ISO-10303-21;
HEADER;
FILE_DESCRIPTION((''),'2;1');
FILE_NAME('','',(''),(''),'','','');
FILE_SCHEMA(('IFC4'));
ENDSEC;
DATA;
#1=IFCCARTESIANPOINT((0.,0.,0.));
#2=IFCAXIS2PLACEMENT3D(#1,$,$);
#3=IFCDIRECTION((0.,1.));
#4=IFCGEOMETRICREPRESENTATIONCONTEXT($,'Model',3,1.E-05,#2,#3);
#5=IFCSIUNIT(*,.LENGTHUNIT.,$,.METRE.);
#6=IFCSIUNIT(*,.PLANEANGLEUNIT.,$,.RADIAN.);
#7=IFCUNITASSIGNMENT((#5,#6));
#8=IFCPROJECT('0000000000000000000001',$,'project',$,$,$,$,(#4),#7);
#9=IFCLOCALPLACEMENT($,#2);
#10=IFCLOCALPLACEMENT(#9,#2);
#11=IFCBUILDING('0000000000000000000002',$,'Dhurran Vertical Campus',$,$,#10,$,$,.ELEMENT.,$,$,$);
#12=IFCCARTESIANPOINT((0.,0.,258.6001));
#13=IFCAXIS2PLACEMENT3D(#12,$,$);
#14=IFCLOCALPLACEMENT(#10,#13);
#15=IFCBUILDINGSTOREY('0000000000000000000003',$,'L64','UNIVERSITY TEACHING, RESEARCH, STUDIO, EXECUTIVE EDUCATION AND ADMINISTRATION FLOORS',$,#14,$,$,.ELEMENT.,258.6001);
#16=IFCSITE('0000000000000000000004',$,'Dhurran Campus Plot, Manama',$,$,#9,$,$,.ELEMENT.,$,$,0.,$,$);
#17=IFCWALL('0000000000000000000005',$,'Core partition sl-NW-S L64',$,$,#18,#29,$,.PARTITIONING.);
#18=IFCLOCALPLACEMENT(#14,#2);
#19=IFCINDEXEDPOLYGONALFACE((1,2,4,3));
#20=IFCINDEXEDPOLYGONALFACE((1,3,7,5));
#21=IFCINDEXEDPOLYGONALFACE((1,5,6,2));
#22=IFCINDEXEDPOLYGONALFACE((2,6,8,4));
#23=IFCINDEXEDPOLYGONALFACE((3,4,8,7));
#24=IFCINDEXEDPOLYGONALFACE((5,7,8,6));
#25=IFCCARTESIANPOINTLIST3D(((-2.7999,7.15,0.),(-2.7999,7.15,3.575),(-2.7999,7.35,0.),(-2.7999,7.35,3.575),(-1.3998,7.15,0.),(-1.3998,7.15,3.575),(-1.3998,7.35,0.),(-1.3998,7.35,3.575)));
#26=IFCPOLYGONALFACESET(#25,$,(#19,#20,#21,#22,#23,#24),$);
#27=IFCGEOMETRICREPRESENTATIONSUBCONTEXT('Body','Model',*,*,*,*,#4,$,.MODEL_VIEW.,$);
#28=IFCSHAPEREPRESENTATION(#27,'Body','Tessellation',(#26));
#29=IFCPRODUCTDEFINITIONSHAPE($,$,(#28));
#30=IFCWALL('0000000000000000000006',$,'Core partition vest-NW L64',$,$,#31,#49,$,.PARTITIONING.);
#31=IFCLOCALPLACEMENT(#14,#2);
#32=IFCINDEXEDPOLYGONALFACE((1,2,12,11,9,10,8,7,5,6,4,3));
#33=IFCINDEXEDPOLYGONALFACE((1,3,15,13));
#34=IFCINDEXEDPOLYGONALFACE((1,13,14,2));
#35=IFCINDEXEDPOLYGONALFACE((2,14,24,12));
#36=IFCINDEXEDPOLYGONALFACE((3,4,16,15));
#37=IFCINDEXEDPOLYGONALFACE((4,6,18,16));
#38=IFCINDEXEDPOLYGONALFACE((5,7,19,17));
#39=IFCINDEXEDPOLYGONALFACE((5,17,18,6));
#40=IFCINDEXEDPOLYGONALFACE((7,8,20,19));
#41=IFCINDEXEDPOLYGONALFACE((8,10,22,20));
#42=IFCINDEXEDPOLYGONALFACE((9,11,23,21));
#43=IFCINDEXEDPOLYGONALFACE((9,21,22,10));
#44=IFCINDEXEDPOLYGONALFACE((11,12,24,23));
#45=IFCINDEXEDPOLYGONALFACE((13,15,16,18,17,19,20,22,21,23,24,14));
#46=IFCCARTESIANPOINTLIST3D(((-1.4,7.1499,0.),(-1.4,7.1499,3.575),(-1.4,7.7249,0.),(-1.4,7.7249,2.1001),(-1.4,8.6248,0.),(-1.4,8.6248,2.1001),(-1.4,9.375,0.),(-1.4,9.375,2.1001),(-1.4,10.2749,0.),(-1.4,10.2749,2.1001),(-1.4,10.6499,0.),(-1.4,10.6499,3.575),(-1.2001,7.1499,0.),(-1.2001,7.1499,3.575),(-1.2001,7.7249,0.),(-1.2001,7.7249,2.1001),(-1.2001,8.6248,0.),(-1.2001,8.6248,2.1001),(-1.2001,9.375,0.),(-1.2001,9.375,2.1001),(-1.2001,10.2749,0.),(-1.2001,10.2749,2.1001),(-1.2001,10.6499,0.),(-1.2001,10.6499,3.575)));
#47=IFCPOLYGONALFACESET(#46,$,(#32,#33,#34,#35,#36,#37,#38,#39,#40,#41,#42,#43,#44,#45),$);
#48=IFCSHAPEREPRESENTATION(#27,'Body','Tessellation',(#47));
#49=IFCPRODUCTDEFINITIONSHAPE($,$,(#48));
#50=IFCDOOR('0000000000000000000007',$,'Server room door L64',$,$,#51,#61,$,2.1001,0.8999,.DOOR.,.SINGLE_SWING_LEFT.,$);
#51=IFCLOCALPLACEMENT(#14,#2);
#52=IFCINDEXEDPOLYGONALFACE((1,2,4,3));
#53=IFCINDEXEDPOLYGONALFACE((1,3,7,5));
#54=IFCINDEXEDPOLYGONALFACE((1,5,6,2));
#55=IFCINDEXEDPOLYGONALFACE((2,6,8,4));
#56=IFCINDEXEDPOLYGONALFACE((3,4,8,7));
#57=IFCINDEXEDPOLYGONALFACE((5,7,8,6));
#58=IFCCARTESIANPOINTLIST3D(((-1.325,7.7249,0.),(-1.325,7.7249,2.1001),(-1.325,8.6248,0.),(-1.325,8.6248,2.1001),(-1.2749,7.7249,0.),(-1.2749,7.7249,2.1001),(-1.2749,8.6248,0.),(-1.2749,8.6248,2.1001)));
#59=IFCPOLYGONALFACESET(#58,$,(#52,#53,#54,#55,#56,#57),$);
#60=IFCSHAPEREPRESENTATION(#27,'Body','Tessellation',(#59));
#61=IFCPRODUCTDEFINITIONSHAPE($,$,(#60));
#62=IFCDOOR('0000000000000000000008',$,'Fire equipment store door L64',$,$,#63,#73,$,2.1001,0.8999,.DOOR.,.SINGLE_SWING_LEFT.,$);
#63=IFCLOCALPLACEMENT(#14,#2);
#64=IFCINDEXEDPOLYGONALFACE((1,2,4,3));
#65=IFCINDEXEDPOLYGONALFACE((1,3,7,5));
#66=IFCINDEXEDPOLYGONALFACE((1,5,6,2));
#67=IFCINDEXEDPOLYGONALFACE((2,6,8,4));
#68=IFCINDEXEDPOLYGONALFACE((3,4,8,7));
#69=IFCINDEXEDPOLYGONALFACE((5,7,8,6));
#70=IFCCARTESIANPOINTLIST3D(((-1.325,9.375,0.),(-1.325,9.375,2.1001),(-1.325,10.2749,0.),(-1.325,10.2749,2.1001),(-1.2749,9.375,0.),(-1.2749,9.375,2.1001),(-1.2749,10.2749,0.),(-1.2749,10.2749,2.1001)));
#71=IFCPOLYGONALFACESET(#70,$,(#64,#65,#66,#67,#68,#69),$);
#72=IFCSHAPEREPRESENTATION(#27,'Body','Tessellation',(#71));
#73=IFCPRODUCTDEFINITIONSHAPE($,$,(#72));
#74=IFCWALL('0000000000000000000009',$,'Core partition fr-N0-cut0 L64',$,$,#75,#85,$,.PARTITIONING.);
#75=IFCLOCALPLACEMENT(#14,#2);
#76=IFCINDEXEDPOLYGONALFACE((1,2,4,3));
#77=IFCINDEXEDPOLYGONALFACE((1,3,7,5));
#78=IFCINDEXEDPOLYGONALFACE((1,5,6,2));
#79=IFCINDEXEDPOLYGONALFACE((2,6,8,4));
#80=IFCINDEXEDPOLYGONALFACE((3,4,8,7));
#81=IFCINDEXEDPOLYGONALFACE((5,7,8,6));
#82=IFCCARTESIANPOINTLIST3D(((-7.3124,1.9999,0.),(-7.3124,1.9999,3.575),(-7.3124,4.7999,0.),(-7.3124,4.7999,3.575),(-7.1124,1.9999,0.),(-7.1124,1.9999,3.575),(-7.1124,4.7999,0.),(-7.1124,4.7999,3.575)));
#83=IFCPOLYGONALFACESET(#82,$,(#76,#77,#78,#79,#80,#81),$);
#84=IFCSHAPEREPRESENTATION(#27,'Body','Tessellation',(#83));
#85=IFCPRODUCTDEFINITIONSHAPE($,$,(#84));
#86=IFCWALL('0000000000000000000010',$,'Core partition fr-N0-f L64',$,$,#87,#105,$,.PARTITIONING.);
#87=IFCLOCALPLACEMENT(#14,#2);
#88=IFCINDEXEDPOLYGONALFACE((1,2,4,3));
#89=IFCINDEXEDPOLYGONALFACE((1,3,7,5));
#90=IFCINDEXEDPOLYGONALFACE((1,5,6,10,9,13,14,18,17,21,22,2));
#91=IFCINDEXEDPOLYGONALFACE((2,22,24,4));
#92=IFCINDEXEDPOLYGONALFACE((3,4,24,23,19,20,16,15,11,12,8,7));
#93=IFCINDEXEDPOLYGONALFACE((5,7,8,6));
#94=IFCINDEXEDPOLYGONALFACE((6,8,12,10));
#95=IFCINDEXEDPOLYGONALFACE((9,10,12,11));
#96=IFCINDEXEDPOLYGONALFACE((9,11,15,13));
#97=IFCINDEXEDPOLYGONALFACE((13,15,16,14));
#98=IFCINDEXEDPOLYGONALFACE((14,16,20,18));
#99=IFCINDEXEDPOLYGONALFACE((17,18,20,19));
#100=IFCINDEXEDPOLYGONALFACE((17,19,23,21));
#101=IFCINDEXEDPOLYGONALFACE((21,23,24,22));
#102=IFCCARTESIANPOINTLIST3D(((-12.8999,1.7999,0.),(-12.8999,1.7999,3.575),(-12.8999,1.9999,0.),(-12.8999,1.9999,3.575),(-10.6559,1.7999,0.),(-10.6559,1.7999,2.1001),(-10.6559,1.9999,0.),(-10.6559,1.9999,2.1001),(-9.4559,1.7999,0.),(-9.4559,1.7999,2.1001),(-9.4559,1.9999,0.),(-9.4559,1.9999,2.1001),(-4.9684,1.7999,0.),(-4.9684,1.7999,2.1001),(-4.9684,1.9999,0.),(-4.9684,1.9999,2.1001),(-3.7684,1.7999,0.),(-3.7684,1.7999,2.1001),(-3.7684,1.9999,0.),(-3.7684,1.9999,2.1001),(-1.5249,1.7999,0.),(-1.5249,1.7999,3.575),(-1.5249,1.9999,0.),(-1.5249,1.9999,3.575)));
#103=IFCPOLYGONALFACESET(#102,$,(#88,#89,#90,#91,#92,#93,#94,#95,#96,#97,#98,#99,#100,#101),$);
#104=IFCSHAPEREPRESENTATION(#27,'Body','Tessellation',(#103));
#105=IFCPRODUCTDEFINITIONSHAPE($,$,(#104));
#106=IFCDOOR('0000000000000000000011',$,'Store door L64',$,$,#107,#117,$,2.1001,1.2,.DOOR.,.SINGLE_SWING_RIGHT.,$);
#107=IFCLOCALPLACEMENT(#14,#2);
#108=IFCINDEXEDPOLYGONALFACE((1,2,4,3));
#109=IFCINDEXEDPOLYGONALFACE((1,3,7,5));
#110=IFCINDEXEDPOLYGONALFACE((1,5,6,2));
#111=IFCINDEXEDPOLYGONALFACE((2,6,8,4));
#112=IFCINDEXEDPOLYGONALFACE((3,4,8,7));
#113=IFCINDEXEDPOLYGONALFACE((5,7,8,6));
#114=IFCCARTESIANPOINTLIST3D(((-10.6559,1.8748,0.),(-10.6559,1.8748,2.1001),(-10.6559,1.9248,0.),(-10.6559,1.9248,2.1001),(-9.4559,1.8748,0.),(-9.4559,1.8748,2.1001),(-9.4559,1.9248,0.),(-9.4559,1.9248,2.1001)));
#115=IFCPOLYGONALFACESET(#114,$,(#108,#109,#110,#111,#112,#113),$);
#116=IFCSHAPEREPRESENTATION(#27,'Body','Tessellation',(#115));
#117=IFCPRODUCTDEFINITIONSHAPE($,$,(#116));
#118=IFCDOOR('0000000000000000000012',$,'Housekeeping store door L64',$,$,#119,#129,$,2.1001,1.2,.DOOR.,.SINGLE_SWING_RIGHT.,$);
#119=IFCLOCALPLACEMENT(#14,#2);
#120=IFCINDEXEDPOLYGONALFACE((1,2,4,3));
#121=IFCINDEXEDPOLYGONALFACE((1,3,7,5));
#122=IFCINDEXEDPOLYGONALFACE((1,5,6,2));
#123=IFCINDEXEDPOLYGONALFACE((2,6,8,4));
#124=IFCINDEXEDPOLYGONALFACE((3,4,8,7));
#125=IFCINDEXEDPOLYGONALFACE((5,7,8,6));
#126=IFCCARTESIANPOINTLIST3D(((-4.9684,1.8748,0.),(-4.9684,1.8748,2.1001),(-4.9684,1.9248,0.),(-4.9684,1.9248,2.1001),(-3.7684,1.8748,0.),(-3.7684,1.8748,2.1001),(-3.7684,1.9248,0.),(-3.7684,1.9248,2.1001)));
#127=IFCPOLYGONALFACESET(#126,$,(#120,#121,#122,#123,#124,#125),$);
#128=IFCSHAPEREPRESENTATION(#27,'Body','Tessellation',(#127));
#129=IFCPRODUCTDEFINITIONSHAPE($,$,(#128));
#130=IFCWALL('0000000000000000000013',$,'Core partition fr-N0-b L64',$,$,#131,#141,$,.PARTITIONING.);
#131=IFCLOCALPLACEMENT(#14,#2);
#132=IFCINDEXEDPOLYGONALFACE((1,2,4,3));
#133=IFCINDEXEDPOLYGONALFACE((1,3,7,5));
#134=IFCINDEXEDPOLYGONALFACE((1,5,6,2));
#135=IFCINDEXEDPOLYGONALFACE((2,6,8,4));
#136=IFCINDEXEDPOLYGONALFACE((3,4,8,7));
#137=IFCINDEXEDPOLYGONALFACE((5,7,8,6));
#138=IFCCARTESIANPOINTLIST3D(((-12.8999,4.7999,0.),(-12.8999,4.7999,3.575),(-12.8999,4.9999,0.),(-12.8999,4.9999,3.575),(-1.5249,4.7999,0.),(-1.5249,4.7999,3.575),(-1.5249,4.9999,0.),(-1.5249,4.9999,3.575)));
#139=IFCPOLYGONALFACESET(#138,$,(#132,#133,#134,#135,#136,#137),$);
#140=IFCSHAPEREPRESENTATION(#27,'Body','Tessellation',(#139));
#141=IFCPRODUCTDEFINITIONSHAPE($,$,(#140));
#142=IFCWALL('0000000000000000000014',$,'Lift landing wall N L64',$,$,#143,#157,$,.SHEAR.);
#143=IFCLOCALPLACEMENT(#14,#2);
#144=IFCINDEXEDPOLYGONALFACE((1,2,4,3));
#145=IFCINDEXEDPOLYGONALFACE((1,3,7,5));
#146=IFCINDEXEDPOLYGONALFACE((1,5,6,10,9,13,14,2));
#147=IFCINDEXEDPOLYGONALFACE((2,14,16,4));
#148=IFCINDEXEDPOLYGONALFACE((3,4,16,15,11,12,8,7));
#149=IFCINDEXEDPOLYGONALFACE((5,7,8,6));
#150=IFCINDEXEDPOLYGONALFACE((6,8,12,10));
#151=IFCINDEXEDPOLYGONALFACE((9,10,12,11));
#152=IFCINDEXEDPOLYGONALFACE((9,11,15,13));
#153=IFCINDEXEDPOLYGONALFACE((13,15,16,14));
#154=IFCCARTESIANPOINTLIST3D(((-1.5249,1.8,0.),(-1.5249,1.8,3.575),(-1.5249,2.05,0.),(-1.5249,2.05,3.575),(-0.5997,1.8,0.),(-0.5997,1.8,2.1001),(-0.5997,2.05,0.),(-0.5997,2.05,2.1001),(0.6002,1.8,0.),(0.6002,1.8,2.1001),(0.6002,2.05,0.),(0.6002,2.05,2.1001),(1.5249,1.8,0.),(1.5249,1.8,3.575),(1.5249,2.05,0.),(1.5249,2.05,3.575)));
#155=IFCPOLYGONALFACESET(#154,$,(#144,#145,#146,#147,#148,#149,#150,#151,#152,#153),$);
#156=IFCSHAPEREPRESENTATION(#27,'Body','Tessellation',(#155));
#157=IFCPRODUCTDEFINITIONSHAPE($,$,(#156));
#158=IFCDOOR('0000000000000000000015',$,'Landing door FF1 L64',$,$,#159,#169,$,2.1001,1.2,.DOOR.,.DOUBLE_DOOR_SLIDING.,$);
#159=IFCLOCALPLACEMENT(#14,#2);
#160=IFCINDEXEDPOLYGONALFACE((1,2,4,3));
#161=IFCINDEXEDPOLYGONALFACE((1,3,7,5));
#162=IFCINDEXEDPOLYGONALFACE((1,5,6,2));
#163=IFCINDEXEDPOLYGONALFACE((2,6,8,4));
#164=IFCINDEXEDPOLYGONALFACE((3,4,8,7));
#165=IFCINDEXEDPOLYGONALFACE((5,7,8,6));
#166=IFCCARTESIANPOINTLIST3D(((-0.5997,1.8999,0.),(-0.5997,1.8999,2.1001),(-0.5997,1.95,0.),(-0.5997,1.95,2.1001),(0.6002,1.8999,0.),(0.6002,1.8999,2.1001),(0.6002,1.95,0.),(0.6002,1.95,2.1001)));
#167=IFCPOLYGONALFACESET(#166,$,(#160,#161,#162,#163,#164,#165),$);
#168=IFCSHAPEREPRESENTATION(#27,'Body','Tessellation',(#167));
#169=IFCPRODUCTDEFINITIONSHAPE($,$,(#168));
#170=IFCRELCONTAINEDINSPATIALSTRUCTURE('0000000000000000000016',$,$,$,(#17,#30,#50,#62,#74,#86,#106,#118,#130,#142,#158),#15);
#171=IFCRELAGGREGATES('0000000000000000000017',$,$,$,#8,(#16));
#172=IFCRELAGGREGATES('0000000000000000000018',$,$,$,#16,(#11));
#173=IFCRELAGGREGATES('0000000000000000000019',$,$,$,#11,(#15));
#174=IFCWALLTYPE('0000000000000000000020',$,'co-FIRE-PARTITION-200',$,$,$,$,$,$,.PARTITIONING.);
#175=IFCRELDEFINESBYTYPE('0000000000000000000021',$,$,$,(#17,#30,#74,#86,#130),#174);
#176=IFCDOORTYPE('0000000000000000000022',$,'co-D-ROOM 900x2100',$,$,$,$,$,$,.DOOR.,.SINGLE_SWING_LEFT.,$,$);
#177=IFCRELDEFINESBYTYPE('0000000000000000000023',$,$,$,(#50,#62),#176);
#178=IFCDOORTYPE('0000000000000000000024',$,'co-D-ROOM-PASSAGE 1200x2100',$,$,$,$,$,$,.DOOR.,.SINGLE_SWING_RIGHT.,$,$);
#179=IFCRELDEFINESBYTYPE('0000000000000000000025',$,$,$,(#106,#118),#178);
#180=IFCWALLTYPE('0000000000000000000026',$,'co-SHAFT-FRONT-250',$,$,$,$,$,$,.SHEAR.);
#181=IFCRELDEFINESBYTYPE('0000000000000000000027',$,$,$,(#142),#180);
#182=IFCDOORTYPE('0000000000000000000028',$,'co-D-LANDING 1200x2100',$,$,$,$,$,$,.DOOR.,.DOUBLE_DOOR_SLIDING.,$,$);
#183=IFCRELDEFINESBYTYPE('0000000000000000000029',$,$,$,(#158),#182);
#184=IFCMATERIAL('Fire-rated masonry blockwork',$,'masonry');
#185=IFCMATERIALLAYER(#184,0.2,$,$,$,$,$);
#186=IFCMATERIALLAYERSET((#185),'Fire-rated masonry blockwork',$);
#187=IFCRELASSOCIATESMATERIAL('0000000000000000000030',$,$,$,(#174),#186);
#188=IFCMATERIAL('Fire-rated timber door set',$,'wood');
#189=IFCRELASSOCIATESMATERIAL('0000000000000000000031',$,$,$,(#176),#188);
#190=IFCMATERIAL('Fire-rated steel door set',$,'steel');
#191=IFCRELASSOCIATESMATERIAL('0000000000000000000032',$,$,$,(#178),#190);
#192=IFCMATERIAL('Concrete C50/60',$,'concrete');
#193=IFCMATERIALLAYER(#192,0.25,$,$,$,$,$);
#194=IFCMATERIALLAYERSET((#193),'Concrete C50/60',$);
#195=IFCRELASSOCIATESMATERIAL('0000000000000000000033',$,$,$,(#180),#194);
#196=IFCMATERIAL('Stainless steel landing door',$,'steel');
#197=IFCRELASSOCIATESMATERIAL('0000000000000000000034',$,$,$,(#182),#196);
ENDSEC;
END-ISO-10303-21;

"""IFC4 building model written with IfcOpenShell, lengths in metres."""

from ifc_helpers import new_model, si_unit, direction, frame, frame_2d, origin, place, context, subcontext, project, spatial, rectangle, extrude, material, layer, layer_set, type_object, element, fill, save


model = new_model("IFC4")

# Units and contexts
model_context = context("Model", 3, precision=1e-05, world=origin(), true_north=direction((0.0, 1.0)))
body_context = subcontext(model_context, "Body", "Model", "MODEL_VIEW")
ifc_project = project(units=[si_unit("LENGTHUNIT", "METRE"), si_unit("PLANEANGLEUNIT", "RADIAN")], contexts=[model_context])

# Site, building, storey
site_placement = place(None, origin())
site = spatial("IfcSite", under=ifc_project, at=site_placement, Name="Dhurran Campus Plot, Manama", CompositionType="ELEMENT", RefElevation=0.0)
building_placement = place(site_placement, origin())
building = spatial("IfcBuilding", under=site, at=building_placement, Name="Dhurran Vertical Campus", CompositionType="ELEMENT")
storey_placement = place(building_placement, frame((0.0, 0.0, 258.6001)))
storey = spatial("IfcBuildingStorey", under=building, at=storey_placement, Name="L64", Description="UNIVERSITY TEACHING, RESEARCH, STUDIO, EXECUTIVE EDUCATION AND ADMINISTRATION FLOORS", CompositionType="ELEMENT", Elevation=258.6001)

# Wall
ifc_material_1 = material(Name="Fire-rated masonry blockwork", Category="masonry")
ifc_layer_1 = layer(ifc_material_1, 0.2)
ifc_layer_set_1 = layer_set([ifc_layer_1], Name="Fire-rated masonry blockwork")
wall_type_1 = type_object("IfcWallType", Name="co-FIRE-PARTITION-200", PredefinedType="PARTITIONING", material=ifc_layer_set_1)
wall_1_placement = place(storey_placement, frame((-2.8, 7.25, 0.0), z_axis=(0.0, 0.0, 1.0), x_axis=(1.0, 0.0, 0.0)))
element("IfcWall", 1, at=wall_1_placement, inside=storey, type_object=wall_type_1, Name="Core partition sl-NW-S L64", PredefinedType="PARTITIONING", context=body_context, shape_type="SweptSolid", body=[
    extrude(rectangle(XDim=1.4001, YDim=0.2, at=frame_2d((0.7002, 0.0))), origin(), (0.0, 0.0, 1.0), 3.575),
])

# Wall, openings, doors
wall_2_placement = place(storey_placement, frame((-1.3, 7.1499, 0.0), z_axis=(0.0, 0.0, 1.0), x_axis=(0.0, 1.0, 0.0)))
wall_2 = element("IfcWall", 2, at=wall_2_placement, inside=storey, type_object=wall_type_1, Name="Core partition vest-NW L64", PredefinedType="PARTITIONING", context=body_context, shape_type="SweptSolid", body=[
    extrude(rectangle(XDim=3.5, YDim=0.2, at=frame_2d((1.75, 0.0))), origin(), (0.0, 0.0, 1.0), 3.575),
])
opening_1_placement = place(wall_2_placement, frame((0.575, 0.0, 0.0)))
opening_1 = element("IfcOpeningElement", 3, at=opening_1_placement, cuts=wall_2, PredefinedType="OPENING", context=body_context, shape_type="SweptSolid", body=[
    extrude(rectangle(XDim=0.8999, YDim=2.1001, at=frame_2d((0.45, 1.05))), frame((0.0, 0.1099, 0.0), z_axis=(0.0, -1.0, 0.0), x_axis=(1.0, 0.0, 0.0)), (0.0, 0.0, 1.0), 0.22),
])
opening_2_placement = place(wall_2_placement, frame((2.2251, 0.0, 0.0)))
opening_2 = element("IfcOpeningElement", 4, at=opening_2_placement, cuts=wall_2, PredefinedType="OPENING", context=body_context, shape_type="SweptSolid", body=[
    extrude(rectangle(XDim=0.8999, YDim=2.1001, at=frame_2d((0.45, 1.05))), frame((0.0, 0.1099, 0.0), z_axis=(0.0, -1.0, 0.0), x_axis=(1.0, 0.0, 0.0)), (0.0, 0.0, 1.0), 0.22),
])
ifc_material_2 = material(Name="Fire-rated timber door set", Category="wood")
door_type_1 = type_object("IfcDoorType", Name="co-D-ROOM 900x2100", OperationType="SINGLE_SWING_LEFT", PredefinedType="DOOR", material=ifc_material_2)
door_1_placement = place(opening_1_placement, origin())
door_1 = element("IfcDoor", 5, at=door_1_placement, inside=storey, type_object=door_type_1, Name="Server room door L64", OperationType="SINGLE_SWING_LEFT", OverallHeight=2.1001, OverallWidth=0.8999, PredefinedType="DOOR", context=body_context, shape_type="SweptSolid", body=[
    extrude(rectangle(XDim=0.8999, YDim=2.1001, at=frame_2d((0.45, 1.05))), frame((0.0, 0.0249, 0.0), z_axis=(0.0, -1.0, 0.0), x_axis=(1.0, 0.0, 0.0)), (0.0, 0.0, 1.0), 0.05),
])
fill(opening_1, door_1)
door_2_placement = place(opening_2_placement, origin())
door_2 = element("IfcDoor", 6, at=door_2_placement, inside=storey, type_object=door_type_1, Name="Fire equipment store door L64", OperationType="SINGLE_SWING_LEFT", OverallHeight=2.1001, OverallWidth=0.8999, PredefinedType="DOOR", context=body_context, shape_type="SweptSolid", body=[
    extrude(rectangle(XDim=0.8999, YDim=2.1001, at=frame_2d((0.45, 1.05))), frame((0.0, 0.0249, 0.0), z_axis=(0.0, -1.0, 0.0), x_axis=(1.0, 0.0, 0.0)), (0.0, 0.0, 1.0), 0.05),
])
fill(opening_2, door_2)

# Wall
wall_3_placement = place(storey_placement, frame((-7.2124, 2.0, 0.0), z_axis=(0.0, 0.0, 1.0), x_axis=(0.0, 1.0, 0.0)))
element("IfcWall", 7, at=wall_3_placement, inside=storey, type_object=wall_type_1, Name="Core partition fr-N0-cut0 L64", PredefinedType="PARTITIONING", context=body_context, shape_type="SweptSolid", body=[
    extrude(rectangle(XDim=2.8, YDim=0.2, at=frame_2d((1.3999, 0.0))), origin(), (0.0, 0.0, 1.0), 3.575),
])

# Wall, openings, doors
wall_4_placement = place(storey_placement, frame((-12.8999, 1.8999, 0.0), z_axis=(0.0, 0.0, 1.0), x_axis=(1.0, 0.0, 0.0)))
wall_4 = element("IfcWall", 8, at=wall_4_placement, inside=storey, type_object=wall_type_1, Name="Core partition fr-N0-f L64", PredefinedType="PARTITIONING", context=body_context, shape_type="SweptSolid", body=[
    extrude(rectangle(XDim=11.375, YDim=0.2, at=frame_2d((5.6875, 0.0))), origin(), (0.0, 0.0, 1.0), 3.575),
])
opening_3_placement = place(wall_4_placement, frame((2.2439, 0.0, 0.0)))
opening_3 = element("IfcOpeningElement", 9, at=opening_3_placement, cuts=wall_4, PredefinedType="OPENING", context=body_context, shape_type="SweptSolid", body=[
    extrude(rectangle(XDim=1.2, YDim=2.1001, at=frame_2d((0.6001, 1.05))), frame((0.0, 0.1099, 0.0), z_axis=(0.0, -1.0, 0.0), x_axis=(1.0, 0.0, 0.0)), (0.0, 0.0, 1.0), 0.22),
])
opening_4_placement = place(wall_4_placement, frame((7.9314, 0.0, 0.0)))
opening_4 = element("IfcOpeningElement", 10, at=opening_4_placement, cuts=wall_4, PredefinedType="OPENING", context=body_context, shape_type="SweptSolid", body=[
    extrude(rectangle(XDim=1.2, YDim=2.1001, at=frame_2d((0.6001, 1.05))), frame((0.0, 0.1099, 0.0), z_axis=(0.0, -1.0, 0.0), x_axis=(1.0, 0.0, 0.0)), (0.0, 0.0, 1.0), 0.22),
])
ifc_material_3 = material(Name="Fire-rated steel door set", Category="steel")
door_type_2 = type_object("IfcDoorType", Name="co-D-ROOM-PASSAGE 1200x2100", OperationType="SINGLE_SWING_RIGHT", PredefinedType="DOOR", material=ifc_material_3)
door_3_placement = place(opening_3_placement, origin())
door_3 = element("IfcDoor", 11, at=door_3_placement, inside=storey, type_object=door_type_2, Name="Store door L64", OperationType="SINGLE_SWING_RIGHT", OverallHeight=2.1001, OverallWidth=1.2, PredefinedType="DOOR", context=body_context, shape_type="SweptSolid", body=[
    extrude(rectangle(XDim=1.2, YDim=2.1001, at=frame_2d((0.6001, 1.05))), frame((0.0, 0.0249, 0.0), z_axis=(0.0, -1.0, 0.0), x_axis=(1.0, 0.0, 0.0)), (0.0, 0.0, 1.0), 0.05),
])
fill(opening_3, door_3)
door_4_placement = place(opening_4_placement, origin())
door_4 = element("IfcDoor", 12, at=door_4_placement, inside=storey, type_object=door_type_2, Name="Housekeeping store door L64", OperationType="SINGLE_SWING_RIGHT", OverallHeight=2.1001, OverallWidth=1.2, PredefinedType="DOOR", context=body_context, shape_type="SweptSolid", body=[
    extrude(rectangle(XDim=1.2, YDim=2.1001, at=frame_2d((0.6001, 1.05))), frame((0.0, 0.0249, 0.0), z_axis=(0.0, -1.0, 0.0), x_axis=(1.0, 0.0, 0.0)), (0.0, 0.0, 1.0), 0.05),
])
fill(opening_4, door_4)

# Wall
wall_5_placement = place(storey_placement, frame((-12.8999, 4.8999, 0.0), z_axis=(0.0, 0.0, 1.0), x_axis=(1.0, 0.0, 0.0)))
element("IfcWall", 13, at=wall_5_placement, inside=storey, type_object=wall_type_1, Name="Core partition fr-N0-b L64", PredefinedType="PARTITIONING", context=body_context, shape_type="SweptSolid", body=[
    extrude(rectangle(XDim=11.375, YDim=0.2, at=frame_2d((5.6875, 0.0))), origin(), (0.0, 0.0, 1.0), 3.575),
])

# Wall, opening, door
ifc_material_4 = material(Name="Concrete C50/60", Category="concrete")
ifc_layer_2 = layer(ifc_material_4, 0.25)
ifc_layer_set_2 = layer_set([ifc_layer_2], Name="Concrete C50/60")
wall_type_2 = type_object("IfcWallType", Name="co-SHAFT-FRONT-250", PredefinedType="SHEAR", material=ifc_layer_set_2)
wall_6_placement = place(storey_placement, frame((-1.5249, 1.925, 0.0), z_axis=(0.0, 0.0, 1.0), x_axis=(1.0, 0.0, 0.0)))
wall_6 = element("IfcWall", 14, at=wall_6_placement, inside=storey, type_object=wall_type_2, Name="Lift landing wall N L64", PredefinedType="SHEAR", context=body_context, shape_type="SweptSolid", body=[
    extrude(rectangle(XDim=3.0498, YDim=0.25, at=frame_2d((1.5249, 0.0))), origin(), (0.0, 0.0, 1.0), 3.575),
])
opening_5_placement = place(wall_6_placement, frame((0.925, 0.0, 0.0)))
opening_5 = element("IfcOpeningElement", 15, at=opening_5_placement, cuts=wall_6, PredefinedType="OPENING", context=body_context, shape_type="SweptSolid", body=[
    extrude(rectangle(XDim=1.2, YDim=2.1001, at=frame_2d((0.6001, 1.05))), frame((0.0, 0.135, 0.0), z_axis=(0.0, -1.0, 0.0), x_axis=(1.0, 0.0, 0.0)), (0.0, 0.0, 1.0), 0.27),
])
ifc_material_5 = material(Name="Stainless steel landing door", Category="steel")
door_type_3 = type_object("IfcDoorType", Name="co-D-LANDING 1200x2100", OperationType="DOUBLE_DOOR_SLIDING", PredefinedType="DOOR", material=ifc_material_5)
door_5_placement = place(opening_5_placement, origin())
door_5 = element("IfcDoor", 16, at=door_5_placement, inside=storey, type_object=door_type_3, Name="Landing door FF1 L64", OperationType="DOUBLE_DOOR_SLIDING", OverallHeight=2.1001, OverallWidth=1.2, PredefinedType="DOOR", context=body_context, shape_type="SweptSolid", body=[
    extrude(rectangle(XDim=1.2, YDim=2.1001, at=frame_2d((0.6001, 1.05))), frame((0.0, 0.0249, 0.0), z_axis=(0.0, -1.0, 0.0), x_axis=(1.0, 0.0, 0.0)), (0.0, 0.0, 1.0), 0.05),
])
fill(opening_5, door_5)

save(model, "model.ifc")
